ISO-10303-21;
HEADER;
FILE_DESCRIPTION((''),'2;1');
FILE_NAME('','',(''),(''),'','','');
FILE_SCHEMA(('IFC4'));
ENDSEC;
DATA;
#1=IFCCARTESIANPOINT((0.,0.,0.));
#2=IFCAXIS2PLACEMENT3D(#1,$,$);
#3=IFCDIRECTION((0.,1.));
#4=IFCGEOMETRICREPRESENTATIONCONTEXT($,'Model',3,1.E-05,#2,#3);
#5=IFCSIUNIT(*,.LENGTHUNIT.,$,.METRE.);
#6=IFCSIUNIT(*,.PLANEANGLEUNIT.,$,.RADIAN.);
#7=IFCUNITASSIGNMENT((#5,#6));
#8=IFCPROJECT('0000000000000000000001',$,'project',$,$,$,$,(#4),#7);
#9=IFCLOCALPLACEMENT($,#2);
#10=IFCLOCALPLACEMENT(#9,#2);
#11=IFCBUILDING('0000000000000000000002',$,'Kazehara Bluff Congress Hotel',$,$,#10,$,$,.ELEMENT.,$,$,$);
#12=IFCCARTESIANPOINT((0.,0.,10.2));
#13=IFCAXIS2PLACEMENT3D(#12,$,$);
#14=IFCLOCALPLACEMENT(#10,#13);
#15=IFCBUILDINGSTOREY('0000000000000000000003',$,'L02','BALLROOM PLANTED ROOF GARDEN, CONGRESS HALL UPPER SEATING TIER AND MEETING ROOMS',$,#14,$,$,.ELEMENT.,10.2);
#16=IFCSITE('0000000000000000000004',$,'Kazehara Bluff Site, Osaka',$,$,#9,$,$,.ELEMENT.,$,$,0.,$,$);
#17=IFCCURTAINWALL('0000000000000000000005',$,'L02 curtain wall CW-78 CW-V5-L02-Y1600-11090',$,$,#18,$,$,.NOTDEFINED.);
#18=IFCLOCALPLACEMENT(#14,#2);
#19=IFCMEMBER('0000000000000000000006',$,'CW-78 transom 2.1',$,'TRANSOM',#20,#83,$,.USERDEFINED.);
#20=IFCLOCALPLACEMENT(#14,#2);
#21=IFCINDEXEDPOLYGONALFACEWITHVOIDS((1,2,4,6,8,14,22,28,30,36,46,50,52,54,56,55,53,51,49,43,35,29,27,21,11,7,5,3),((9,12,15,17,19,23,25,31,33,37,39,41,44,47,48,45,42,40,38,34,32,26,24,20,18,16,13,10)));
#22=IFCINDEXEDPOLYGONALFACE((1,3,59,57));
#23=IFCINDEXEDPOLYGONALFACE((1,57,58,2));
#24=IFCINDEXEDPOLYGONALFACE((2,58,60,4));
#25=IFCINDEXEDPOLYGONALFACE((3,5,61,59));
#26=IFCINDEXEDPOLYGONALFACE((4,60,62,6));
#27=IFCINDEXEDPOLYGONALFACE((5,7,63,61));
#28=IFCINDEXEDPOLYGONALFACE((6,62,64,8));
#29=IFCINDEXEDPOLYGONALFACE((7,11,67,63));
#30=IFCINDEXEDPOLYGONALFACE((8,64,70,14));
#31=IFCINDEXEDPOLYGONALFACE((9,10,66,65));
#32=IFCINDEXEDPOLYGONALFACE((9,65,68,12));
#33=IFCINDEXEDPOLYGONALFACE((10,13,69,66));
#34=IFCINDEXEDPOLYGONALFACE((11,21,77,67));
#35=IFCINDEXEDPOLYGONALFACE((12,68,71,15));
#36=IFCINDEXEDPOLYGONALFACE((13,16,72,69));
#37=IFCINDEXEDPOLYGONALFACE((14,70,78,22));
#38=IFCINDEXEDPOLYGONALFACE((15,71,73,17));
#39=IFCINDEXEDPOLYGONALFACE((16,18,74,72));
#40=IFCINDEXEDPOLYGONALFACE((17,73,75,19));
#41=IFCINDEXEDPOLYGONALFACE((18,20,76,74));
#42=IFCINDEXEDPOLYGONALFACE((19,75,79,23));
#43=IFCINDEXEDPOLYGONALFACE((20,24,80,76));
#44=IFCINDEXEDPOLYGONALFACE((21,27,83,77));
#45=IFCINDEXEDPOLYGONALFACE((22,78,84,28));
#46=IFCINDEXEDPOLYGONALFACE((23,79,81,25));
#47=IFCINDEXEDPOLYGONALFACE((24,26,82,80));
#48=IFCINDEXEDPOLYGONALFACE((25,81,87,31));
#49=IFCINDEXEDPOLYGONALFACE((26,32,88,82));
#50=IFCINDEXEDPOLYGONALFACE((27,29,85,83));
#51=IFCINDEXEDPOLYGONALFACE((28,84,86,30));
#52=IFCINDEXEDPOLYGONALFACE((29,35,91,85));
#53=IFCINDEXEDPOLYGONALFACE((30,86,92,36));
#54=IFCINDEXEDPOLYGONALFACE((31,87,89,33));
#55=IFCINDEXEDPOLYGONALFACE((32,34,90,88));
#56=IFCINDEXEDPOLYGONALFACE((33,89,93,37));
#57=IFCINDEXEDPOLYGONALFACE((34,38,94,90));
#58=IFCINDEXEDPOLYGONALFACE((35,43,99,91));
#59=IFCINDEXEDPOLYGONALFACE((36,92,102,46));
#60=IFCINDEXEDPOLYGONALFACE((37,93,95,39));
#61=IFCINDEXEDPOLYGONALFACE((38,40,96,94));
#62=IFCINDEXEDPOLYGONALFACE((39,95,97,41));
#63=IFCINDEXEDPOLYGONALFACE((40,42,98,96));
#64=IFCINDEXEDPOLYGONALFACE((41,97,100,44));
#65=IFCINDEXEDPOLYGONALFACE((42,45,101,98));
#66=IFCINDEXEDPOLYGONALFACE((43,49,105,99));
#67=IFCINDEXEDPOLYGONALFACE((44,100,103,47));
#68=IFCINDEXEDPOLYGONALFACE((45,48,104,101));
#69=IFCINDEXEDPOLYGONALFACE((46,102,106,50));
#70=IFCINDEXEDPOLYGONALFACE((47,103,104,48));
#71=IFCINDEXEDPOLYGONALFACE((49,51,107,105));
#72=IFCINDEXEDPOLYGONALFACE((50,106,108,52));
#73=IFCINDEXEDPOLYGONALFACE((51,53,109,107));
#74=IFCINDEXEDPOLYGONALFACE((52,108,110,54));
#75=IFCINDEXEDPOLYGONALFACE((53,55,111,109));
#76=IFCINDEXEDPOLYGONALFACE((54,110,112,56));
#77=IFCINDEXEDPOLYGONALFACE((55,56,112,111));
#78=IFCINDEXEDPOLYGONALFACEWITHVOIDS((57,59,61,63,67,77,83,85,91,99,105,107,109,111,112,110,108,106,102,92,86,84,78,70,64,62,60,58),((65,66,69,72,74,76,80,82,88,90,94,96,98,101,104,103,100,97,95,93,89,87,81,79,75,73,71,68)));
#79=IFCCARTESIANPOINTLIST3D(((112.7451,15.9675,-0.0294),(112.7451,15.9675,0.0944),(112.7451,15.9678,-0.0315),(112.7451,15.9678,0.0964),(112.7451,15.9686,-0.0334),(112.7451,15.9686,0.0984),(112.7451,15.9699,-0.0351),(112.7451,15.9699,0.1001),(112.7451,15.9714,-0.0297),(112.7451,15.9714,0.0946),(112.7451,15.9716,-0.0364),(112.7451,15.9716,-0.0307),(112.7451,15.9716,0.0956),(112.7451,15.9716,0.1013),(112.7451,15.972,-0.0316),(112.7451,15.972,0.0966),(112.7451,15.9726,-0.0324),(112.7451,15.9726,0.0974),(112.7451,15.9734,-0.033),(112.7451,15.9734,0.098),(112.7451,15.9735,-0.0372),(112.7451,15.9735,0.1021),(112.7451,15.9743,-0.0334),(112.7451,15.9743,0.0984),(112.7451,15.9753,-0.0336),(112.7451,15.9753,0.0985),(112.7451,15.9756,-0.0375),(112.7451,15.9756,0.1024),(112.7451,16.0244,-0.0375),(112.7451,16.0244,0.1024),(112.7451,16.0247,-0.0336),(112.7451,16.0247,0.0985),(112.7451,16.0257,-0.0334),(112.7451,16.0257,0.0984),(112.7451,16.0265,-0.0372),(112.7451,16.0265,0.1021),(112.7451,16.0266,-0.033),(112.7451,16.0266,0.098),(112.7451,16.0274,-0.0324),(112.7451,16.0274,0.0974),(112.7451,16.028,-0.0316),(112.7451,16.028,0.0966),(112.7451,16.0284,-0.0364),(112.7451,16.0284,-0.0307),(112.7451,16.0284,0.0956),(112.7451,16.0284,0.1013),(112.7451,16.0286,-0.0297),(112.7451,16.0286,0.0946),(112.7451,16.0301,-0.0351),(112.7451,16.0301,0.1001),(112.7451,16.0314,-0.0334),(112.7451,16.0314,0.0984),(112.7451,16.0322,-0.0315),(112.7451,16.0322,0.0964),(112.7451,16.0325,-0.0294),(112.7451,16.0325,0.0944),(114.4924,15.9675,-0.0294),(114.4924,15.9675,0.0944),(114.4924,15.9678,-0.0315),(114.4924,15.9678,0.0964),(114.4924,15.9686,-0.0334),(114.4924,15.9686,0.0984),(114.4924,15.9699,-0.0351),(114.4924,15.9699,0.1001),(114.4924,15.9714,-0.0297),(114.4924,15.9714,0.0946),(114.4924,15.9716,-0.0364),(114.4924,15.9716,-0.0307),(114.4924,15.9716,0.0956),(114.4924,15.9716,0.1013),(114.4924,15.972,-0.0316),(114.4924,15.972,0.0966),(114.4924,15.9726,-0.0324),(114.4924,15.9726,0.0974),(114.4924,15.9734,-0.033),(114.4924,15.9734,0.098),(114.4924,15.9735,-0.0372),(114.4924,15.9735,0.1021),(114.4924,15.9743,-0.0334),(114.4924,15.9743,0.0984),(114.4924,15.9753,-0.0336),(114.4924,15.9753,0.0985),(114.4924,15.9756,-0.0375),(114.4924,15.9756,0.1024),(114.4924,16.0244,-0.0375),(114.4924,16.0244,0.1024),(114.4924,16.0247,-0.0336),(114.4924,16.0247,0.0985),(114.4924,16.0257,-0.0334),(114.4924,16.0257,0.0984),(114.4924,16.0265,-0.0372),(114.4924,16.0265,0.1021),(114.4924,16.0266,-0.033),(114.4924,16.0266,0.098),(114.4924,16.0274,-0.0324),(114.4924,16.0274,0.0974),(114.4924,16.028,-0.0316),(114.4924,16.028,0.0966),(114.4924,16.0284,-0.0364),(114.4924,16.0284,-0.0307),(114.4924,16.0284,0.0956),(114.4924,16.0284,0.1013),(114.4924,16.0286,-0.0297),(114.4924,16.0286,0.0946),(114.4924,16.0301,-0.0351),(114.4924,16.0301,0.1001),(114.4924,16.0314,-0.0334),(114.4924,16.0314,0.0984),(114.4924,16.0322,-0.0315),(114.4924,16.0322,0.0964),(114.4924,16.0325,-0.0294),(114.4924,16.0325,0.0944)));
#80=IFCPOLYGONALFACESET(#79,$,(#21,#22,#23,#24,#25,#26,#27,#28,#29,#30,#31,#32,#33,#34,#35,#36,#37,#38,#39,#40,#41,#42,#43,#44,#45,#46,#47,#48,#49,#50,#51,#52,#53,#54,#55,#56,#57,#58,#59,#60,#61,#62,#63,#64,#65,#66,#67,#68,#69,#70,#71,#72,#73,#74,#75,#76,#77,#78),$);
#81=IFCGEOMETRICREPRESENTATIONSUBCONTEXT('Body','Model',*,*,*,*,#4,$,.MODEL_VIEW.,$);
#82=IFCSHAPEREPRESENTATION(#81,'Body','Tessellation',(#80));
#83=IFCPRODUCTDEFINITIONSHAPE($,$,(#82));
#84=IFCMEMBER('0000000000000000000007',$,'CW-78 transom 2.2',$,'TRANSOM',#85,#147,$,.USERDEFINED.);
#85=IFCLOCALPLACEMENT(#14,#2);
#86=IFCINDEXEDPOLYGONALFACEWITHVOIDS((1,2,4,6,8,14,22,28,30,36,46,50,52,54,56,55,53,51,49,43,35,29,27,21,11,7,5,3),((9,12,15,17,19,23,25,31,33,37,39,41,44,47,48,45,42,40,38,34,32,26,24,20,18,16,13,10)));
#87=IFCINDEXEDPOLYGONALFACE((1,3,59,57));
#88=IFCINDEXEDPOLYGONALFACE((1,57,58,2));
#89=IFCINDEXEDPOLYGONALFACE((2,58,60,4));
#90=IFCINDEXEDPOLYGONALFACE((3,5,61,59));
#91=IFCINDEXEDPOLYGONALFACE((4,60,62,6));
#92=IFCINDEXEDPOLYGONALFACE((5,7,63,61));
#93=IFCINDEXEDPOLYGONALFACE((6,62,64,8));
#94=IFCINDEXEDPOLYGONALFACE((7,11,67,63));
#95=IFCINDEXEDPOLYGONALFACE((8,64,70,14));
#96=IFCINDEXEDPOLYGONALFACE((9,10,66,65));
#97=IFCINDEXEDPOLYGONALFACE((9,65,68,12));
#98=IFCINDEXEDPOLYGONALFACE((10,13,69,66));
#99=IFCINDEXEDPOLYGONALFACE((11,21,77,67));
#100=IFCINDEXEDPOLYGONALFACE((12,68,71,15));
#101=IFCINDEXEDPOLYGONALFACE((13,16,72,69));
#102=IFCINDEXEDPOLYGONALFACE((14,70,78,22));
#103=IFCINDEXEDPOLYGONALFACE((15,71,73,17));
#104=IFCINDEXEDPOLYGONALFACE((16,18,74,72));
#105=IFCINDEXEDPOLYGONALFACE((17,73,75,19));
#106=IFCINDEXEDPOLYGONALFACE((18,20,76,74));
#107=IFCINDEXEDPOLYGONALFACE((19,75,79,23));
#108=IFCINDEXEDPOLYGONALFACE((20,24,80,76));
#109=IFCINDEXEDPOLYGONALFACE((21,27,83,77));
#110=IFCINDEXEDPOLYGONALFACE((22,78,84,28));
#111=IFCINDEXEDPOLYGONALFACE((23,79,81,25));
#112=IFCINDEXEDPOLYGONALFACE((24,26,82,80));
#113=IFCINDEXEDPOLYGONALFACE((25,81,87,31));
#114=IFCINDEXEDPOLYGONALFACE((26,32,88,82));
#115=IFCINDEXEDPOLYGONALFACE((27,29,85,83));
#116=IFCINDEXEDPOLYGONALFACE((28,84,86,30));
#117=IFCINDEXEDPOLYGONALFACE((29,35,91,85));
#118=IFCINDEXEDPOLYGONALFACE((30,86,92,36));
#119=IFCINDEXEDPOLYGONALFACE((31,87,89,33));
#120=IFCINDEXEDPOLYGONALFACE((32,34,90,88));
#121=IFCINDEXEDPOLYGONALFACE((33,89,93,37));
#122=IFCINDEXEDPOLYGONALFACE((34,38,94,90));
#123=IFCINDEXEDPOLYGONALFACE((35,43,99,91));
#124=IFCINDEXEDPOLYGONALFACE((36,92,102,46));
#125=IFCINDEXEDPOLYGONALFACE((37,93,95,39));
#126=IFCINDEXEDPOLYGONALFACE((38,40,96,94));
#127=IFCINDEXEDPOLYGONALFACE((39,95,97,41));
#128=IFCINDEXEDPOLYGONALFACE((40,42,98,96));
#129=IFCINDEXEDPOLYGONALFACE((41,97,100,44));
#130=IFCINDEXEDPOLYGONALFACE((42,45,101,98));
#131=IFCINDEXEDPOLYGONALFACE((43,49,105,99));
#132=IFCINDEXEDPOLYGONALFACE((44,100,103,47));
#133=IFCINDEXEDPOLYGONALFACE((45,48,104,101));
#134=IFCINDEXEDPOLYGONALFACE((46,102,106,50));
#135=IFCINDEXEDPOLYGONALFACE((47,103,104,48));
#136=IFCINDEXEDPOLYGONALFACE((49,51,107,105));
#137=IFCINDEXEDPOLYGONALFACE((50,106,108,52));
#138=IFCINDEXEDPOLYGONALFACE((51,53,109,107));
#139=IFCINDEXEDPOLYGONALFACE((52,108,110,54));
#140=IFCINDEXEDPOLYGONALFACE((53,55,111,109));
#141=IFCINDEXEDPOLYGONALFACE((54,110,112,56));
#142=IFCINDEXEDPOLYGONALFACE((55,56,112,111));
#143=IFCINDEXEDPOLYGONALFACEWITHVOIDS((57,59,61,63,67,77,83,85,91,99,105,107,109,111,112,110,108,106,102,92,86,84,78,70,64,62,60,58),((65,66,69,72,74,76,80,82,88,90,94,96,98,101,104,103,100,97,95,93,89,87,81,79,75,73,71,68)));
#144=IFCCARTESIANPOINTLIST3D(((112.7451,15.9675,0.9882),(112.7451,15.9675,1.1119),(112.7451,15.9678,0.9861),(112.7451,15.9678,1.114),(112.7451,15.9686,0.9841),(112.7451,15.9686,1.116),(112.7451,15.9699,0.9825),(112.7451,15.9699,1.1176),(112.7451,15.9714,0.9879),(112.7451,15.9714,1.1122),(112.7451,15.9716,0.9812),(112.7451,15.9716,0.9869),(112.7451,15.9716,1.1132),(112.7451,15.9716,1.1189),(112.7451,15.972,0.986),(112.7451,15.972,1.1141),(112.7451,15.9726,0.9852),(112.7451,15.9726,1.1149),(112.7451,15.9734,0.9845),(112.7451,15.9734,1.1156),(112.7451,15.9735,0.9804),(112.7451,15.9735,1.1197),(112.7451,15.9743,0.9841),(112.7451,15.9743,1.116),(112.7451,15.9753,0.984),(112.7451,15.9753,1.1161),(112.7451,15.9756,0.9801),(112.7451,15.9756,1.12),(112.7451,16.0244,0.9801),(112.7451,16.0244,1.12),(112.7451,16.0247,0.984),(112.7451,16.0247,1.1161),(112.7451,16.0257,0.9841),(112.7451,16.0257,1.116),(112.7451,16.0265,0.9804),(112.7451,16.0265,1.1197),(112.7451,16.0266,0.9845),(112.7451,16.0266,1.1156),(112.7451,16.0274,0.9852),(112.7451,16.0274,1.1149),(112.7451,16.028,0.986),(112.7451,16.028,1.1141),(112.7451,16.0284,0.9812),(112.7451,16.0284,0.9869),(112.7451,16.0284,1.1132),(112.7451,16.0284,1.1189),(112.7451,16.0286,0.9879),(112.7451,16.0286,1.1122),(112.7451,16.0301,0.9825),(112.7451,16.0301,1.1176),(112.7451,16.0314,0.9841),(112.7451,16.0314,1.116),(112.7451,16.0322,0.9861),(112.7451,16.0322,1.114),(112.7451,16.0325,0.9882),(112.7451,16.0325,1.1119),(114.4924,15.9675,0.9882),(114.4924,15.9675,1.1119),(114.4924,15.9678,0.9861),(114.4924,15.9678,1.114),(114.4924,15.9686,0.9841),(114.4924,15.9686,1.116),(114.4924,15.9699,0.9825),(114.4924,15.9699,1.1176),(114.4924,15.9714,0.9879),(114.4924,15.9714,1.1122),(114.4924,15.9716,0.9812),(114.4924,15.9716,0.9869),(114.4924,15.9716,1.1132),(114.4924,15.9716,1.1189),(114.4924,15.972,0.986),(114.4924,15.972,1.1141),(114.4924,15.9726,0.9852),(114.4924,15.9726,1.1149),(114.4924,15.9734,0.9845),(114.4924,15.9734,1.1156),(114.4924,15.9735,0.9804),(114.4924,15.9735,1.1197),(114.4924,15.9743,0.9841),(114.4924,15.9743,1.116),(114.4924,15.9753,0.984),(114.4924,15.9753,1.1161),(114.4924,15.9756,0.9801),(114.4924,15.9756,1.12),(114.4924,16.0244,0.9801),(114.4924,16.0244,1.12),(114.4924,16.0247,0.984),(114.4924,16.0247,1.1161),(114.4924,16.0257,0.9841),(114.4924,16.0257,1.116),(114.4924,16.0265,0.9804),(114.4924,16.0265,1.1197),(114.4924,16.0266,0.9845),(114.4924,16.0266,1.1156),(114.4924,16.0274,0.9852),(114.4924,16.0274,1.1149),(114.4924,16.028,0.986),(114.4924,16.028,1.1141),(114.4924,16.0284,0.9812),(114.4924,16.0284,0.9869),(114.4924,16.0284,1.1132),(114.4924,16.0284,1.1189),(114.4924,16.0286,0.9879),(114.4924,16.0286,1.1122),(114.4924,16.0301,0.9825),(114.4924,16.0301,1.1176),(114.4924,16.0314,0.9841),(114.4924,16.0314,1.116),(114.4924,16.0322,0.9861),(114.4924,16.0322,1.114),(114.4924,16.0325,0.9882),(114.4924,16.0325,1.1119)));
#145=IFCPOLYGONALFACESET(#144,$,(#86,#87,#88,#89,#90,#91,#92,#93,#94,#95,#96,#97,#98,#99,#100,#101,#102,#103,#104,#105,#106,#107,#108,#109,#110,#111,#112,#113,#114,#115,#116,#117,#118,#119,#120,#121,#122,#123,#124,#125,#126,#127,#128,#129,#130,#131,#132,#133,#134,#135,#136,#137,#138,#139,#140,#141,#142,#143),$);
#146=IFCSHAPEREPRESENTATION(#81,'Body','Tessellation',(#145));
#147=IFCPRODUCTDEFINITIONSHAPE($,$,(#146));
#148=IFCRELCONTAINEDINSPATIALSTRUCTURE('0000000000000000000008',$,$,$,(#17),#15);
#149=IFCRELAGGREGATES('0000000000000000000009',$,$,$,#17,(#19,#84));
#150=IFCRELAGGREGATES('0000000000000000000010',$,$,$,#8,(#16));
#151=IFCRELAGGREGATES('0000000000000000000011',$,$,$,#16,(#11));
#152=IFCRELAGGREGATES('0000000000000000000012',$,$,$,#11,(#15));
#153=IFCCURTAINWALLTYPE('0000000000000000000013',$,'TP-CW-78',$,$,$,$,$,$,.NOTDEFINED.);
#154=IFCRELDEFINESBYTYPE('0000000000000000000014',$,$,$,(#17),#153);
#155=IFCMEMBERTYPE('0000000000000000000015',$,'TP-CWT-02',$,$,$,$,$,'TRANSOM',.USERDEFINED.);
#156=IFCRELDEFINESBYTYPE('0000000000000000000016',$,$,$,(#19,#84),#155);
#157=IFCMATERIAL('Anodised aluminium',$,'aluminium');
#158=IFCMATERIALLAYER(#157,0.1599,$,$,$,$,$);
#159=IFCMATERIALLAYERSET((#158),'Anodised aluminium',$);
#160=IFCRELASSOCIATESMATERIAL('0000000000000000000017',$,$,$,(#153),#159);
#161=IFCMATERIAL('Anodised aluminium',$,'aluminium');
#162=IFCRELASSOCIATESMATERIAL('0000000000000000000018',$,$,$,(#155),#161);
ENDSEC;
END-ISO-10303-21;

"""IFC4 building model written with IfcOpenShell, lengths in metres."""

from ifc_helpers import new_model, si_unit, direction, frame, origin, origin_2d, place, context, subcontext, project, spatial, hollow_rectangle, extrude, material, layer, layer_set, material_profile, profile_set, type_object, element, aggregate, save


model = new_model("IFC4")

# Units and contexts
model_context = context("Model", 3, precision=1e-05, world=origin(), true_north=direction((0.0, 1.0)))
body_context = subcontext(model_context, "Body", "Model", "MODEL_VIEW")
ifc_project = project(units=[si_unit("LENGTHUNIT", "METRE"), si_unit("PLANEANGLEUNIT", "RADIAN")], contexts=[model_context])

# Site, building, storey
site_placement = place(None, origin())
site = spatial("IfcSite", under=ifc_project, at=site_placement, Name="Kazehara Bluff Site, Osaka", CompositionType="ELEMENT", RefElevation=0.0)
building_placement = place(site_placement, origin())
building = spatial("IfcBuilding", under=site, at=building_placement, Name="Kazehara Bluff Congress Hotel", CompositionType="ELEMENT")
storey_placement = place(building_placement, frame((0.0, 0.0, 10.2)))
storey = spatial("IfcBuildingStorey", under=building, at=storey_placement, Name="L02", Description="BALLROOM PLANTED ROOF GARDEN, CONGRESS HALL UPPER SEATING TIER AND MEETING ROOMS", CompositionType="ELEMENT", Elevation=10.2)

# Curtain wall, members
ifc_material_1 = material(Name="Anodised aluminium", Category="aluminium")
ifc_layer_1 = layer(ifc_material_1, 0.1599)
ifc_layer_set_1 = layer_set([ifc_layer_1], Name="Anodised aluminium")
curtain_wall_type = type_object("IfcCurtainWallType", Name="TP-CW-78", PredefinedType="NOTDEFINED", material=ifc_layer_set_1)
curtain_wall_placement = place(storey_placement, origin())
curtain_wall = element("IfcCurtainWall", 1, at=curtain_wall_placement, inside=storey, type_object=curtain_wall_type, Name="L02 curtain wall CW-78 CW-V5-L02-Y1600-11090", PredefinedType="NOTDEFINED")
ifc_material_2 = material(Name="Anodised aluminium", Category="aluminium")
ifc_material_profile_1 = material_profile(ifc_material_2, hollow_rectangle(XDim=0.0649, YDim=0.1399, WallThickness=0.0039, InnerFilletRadius=0.0039, OuterFilletRadius=0.0081, at=origin_2d()))
ifc_profile_set_1 = profile_set([ifc_material_profile_1], Name="Anodised aluminium")
member_type_1 = type_object("IfcMemberType", Name="TP-CWT-02", ElementType="TRANSOM", PredefinedType="USERDEFINED", material=ifc_profile_set_1)
member_1_placement = place(storey_placement, frame((112.7451, 16.0, 0.0325), z_axis=(1.0, 0.0, 0.0), x_axis=(0.0, 1.0, 0.0)))
member_1 = element("IfcMember", 2, at=member_1_placement, type_object=member_type_1, Name="CW-78 transom 2.1", ObjectType="TRANSOM", PredefinedType="USERDEFINED", context=body_context, shape_type="SweptSolid", body=[
    extrude(hollow_rectangle(XDim=0.0649, YDim=0.1399, WallThickness=0.0039, InnerFilletRadius=0.0039, OuterFilletRadius=0.0081, at=origin_2d()), origin(), (0.0, 0.0, 1.0), 1.7473),
])
member_2_placement = place(storey_placement, frame((112.7451, 16.0, 1.05), z_axis=(1.0, 0.0, 0.0), x_axis=(0.0, 1.0, 0.0)))
member_2 = element("IfcMember", 3, at=member_2_placement, type_object=member_type_1, Name="CW-78 transom 2.2", ObjectType="TRANSOM", PredefinedType="USERDEFINED", context=body_context, shape_type="SweptSolid", body=[
    extrude(hollow_rectangle(XDim=0.0649, YDim=0.1399, WallThickness=0.0039, InnerFilletRadius=0.0039, OuterFilletRadius=0.0081, at=origin_2d()), origin(), (0.0, 0.0, 1.0), 1.7473),
])
aggregate(curtain_wall, [member_1, member_2])

save(model, "model.ifc")
